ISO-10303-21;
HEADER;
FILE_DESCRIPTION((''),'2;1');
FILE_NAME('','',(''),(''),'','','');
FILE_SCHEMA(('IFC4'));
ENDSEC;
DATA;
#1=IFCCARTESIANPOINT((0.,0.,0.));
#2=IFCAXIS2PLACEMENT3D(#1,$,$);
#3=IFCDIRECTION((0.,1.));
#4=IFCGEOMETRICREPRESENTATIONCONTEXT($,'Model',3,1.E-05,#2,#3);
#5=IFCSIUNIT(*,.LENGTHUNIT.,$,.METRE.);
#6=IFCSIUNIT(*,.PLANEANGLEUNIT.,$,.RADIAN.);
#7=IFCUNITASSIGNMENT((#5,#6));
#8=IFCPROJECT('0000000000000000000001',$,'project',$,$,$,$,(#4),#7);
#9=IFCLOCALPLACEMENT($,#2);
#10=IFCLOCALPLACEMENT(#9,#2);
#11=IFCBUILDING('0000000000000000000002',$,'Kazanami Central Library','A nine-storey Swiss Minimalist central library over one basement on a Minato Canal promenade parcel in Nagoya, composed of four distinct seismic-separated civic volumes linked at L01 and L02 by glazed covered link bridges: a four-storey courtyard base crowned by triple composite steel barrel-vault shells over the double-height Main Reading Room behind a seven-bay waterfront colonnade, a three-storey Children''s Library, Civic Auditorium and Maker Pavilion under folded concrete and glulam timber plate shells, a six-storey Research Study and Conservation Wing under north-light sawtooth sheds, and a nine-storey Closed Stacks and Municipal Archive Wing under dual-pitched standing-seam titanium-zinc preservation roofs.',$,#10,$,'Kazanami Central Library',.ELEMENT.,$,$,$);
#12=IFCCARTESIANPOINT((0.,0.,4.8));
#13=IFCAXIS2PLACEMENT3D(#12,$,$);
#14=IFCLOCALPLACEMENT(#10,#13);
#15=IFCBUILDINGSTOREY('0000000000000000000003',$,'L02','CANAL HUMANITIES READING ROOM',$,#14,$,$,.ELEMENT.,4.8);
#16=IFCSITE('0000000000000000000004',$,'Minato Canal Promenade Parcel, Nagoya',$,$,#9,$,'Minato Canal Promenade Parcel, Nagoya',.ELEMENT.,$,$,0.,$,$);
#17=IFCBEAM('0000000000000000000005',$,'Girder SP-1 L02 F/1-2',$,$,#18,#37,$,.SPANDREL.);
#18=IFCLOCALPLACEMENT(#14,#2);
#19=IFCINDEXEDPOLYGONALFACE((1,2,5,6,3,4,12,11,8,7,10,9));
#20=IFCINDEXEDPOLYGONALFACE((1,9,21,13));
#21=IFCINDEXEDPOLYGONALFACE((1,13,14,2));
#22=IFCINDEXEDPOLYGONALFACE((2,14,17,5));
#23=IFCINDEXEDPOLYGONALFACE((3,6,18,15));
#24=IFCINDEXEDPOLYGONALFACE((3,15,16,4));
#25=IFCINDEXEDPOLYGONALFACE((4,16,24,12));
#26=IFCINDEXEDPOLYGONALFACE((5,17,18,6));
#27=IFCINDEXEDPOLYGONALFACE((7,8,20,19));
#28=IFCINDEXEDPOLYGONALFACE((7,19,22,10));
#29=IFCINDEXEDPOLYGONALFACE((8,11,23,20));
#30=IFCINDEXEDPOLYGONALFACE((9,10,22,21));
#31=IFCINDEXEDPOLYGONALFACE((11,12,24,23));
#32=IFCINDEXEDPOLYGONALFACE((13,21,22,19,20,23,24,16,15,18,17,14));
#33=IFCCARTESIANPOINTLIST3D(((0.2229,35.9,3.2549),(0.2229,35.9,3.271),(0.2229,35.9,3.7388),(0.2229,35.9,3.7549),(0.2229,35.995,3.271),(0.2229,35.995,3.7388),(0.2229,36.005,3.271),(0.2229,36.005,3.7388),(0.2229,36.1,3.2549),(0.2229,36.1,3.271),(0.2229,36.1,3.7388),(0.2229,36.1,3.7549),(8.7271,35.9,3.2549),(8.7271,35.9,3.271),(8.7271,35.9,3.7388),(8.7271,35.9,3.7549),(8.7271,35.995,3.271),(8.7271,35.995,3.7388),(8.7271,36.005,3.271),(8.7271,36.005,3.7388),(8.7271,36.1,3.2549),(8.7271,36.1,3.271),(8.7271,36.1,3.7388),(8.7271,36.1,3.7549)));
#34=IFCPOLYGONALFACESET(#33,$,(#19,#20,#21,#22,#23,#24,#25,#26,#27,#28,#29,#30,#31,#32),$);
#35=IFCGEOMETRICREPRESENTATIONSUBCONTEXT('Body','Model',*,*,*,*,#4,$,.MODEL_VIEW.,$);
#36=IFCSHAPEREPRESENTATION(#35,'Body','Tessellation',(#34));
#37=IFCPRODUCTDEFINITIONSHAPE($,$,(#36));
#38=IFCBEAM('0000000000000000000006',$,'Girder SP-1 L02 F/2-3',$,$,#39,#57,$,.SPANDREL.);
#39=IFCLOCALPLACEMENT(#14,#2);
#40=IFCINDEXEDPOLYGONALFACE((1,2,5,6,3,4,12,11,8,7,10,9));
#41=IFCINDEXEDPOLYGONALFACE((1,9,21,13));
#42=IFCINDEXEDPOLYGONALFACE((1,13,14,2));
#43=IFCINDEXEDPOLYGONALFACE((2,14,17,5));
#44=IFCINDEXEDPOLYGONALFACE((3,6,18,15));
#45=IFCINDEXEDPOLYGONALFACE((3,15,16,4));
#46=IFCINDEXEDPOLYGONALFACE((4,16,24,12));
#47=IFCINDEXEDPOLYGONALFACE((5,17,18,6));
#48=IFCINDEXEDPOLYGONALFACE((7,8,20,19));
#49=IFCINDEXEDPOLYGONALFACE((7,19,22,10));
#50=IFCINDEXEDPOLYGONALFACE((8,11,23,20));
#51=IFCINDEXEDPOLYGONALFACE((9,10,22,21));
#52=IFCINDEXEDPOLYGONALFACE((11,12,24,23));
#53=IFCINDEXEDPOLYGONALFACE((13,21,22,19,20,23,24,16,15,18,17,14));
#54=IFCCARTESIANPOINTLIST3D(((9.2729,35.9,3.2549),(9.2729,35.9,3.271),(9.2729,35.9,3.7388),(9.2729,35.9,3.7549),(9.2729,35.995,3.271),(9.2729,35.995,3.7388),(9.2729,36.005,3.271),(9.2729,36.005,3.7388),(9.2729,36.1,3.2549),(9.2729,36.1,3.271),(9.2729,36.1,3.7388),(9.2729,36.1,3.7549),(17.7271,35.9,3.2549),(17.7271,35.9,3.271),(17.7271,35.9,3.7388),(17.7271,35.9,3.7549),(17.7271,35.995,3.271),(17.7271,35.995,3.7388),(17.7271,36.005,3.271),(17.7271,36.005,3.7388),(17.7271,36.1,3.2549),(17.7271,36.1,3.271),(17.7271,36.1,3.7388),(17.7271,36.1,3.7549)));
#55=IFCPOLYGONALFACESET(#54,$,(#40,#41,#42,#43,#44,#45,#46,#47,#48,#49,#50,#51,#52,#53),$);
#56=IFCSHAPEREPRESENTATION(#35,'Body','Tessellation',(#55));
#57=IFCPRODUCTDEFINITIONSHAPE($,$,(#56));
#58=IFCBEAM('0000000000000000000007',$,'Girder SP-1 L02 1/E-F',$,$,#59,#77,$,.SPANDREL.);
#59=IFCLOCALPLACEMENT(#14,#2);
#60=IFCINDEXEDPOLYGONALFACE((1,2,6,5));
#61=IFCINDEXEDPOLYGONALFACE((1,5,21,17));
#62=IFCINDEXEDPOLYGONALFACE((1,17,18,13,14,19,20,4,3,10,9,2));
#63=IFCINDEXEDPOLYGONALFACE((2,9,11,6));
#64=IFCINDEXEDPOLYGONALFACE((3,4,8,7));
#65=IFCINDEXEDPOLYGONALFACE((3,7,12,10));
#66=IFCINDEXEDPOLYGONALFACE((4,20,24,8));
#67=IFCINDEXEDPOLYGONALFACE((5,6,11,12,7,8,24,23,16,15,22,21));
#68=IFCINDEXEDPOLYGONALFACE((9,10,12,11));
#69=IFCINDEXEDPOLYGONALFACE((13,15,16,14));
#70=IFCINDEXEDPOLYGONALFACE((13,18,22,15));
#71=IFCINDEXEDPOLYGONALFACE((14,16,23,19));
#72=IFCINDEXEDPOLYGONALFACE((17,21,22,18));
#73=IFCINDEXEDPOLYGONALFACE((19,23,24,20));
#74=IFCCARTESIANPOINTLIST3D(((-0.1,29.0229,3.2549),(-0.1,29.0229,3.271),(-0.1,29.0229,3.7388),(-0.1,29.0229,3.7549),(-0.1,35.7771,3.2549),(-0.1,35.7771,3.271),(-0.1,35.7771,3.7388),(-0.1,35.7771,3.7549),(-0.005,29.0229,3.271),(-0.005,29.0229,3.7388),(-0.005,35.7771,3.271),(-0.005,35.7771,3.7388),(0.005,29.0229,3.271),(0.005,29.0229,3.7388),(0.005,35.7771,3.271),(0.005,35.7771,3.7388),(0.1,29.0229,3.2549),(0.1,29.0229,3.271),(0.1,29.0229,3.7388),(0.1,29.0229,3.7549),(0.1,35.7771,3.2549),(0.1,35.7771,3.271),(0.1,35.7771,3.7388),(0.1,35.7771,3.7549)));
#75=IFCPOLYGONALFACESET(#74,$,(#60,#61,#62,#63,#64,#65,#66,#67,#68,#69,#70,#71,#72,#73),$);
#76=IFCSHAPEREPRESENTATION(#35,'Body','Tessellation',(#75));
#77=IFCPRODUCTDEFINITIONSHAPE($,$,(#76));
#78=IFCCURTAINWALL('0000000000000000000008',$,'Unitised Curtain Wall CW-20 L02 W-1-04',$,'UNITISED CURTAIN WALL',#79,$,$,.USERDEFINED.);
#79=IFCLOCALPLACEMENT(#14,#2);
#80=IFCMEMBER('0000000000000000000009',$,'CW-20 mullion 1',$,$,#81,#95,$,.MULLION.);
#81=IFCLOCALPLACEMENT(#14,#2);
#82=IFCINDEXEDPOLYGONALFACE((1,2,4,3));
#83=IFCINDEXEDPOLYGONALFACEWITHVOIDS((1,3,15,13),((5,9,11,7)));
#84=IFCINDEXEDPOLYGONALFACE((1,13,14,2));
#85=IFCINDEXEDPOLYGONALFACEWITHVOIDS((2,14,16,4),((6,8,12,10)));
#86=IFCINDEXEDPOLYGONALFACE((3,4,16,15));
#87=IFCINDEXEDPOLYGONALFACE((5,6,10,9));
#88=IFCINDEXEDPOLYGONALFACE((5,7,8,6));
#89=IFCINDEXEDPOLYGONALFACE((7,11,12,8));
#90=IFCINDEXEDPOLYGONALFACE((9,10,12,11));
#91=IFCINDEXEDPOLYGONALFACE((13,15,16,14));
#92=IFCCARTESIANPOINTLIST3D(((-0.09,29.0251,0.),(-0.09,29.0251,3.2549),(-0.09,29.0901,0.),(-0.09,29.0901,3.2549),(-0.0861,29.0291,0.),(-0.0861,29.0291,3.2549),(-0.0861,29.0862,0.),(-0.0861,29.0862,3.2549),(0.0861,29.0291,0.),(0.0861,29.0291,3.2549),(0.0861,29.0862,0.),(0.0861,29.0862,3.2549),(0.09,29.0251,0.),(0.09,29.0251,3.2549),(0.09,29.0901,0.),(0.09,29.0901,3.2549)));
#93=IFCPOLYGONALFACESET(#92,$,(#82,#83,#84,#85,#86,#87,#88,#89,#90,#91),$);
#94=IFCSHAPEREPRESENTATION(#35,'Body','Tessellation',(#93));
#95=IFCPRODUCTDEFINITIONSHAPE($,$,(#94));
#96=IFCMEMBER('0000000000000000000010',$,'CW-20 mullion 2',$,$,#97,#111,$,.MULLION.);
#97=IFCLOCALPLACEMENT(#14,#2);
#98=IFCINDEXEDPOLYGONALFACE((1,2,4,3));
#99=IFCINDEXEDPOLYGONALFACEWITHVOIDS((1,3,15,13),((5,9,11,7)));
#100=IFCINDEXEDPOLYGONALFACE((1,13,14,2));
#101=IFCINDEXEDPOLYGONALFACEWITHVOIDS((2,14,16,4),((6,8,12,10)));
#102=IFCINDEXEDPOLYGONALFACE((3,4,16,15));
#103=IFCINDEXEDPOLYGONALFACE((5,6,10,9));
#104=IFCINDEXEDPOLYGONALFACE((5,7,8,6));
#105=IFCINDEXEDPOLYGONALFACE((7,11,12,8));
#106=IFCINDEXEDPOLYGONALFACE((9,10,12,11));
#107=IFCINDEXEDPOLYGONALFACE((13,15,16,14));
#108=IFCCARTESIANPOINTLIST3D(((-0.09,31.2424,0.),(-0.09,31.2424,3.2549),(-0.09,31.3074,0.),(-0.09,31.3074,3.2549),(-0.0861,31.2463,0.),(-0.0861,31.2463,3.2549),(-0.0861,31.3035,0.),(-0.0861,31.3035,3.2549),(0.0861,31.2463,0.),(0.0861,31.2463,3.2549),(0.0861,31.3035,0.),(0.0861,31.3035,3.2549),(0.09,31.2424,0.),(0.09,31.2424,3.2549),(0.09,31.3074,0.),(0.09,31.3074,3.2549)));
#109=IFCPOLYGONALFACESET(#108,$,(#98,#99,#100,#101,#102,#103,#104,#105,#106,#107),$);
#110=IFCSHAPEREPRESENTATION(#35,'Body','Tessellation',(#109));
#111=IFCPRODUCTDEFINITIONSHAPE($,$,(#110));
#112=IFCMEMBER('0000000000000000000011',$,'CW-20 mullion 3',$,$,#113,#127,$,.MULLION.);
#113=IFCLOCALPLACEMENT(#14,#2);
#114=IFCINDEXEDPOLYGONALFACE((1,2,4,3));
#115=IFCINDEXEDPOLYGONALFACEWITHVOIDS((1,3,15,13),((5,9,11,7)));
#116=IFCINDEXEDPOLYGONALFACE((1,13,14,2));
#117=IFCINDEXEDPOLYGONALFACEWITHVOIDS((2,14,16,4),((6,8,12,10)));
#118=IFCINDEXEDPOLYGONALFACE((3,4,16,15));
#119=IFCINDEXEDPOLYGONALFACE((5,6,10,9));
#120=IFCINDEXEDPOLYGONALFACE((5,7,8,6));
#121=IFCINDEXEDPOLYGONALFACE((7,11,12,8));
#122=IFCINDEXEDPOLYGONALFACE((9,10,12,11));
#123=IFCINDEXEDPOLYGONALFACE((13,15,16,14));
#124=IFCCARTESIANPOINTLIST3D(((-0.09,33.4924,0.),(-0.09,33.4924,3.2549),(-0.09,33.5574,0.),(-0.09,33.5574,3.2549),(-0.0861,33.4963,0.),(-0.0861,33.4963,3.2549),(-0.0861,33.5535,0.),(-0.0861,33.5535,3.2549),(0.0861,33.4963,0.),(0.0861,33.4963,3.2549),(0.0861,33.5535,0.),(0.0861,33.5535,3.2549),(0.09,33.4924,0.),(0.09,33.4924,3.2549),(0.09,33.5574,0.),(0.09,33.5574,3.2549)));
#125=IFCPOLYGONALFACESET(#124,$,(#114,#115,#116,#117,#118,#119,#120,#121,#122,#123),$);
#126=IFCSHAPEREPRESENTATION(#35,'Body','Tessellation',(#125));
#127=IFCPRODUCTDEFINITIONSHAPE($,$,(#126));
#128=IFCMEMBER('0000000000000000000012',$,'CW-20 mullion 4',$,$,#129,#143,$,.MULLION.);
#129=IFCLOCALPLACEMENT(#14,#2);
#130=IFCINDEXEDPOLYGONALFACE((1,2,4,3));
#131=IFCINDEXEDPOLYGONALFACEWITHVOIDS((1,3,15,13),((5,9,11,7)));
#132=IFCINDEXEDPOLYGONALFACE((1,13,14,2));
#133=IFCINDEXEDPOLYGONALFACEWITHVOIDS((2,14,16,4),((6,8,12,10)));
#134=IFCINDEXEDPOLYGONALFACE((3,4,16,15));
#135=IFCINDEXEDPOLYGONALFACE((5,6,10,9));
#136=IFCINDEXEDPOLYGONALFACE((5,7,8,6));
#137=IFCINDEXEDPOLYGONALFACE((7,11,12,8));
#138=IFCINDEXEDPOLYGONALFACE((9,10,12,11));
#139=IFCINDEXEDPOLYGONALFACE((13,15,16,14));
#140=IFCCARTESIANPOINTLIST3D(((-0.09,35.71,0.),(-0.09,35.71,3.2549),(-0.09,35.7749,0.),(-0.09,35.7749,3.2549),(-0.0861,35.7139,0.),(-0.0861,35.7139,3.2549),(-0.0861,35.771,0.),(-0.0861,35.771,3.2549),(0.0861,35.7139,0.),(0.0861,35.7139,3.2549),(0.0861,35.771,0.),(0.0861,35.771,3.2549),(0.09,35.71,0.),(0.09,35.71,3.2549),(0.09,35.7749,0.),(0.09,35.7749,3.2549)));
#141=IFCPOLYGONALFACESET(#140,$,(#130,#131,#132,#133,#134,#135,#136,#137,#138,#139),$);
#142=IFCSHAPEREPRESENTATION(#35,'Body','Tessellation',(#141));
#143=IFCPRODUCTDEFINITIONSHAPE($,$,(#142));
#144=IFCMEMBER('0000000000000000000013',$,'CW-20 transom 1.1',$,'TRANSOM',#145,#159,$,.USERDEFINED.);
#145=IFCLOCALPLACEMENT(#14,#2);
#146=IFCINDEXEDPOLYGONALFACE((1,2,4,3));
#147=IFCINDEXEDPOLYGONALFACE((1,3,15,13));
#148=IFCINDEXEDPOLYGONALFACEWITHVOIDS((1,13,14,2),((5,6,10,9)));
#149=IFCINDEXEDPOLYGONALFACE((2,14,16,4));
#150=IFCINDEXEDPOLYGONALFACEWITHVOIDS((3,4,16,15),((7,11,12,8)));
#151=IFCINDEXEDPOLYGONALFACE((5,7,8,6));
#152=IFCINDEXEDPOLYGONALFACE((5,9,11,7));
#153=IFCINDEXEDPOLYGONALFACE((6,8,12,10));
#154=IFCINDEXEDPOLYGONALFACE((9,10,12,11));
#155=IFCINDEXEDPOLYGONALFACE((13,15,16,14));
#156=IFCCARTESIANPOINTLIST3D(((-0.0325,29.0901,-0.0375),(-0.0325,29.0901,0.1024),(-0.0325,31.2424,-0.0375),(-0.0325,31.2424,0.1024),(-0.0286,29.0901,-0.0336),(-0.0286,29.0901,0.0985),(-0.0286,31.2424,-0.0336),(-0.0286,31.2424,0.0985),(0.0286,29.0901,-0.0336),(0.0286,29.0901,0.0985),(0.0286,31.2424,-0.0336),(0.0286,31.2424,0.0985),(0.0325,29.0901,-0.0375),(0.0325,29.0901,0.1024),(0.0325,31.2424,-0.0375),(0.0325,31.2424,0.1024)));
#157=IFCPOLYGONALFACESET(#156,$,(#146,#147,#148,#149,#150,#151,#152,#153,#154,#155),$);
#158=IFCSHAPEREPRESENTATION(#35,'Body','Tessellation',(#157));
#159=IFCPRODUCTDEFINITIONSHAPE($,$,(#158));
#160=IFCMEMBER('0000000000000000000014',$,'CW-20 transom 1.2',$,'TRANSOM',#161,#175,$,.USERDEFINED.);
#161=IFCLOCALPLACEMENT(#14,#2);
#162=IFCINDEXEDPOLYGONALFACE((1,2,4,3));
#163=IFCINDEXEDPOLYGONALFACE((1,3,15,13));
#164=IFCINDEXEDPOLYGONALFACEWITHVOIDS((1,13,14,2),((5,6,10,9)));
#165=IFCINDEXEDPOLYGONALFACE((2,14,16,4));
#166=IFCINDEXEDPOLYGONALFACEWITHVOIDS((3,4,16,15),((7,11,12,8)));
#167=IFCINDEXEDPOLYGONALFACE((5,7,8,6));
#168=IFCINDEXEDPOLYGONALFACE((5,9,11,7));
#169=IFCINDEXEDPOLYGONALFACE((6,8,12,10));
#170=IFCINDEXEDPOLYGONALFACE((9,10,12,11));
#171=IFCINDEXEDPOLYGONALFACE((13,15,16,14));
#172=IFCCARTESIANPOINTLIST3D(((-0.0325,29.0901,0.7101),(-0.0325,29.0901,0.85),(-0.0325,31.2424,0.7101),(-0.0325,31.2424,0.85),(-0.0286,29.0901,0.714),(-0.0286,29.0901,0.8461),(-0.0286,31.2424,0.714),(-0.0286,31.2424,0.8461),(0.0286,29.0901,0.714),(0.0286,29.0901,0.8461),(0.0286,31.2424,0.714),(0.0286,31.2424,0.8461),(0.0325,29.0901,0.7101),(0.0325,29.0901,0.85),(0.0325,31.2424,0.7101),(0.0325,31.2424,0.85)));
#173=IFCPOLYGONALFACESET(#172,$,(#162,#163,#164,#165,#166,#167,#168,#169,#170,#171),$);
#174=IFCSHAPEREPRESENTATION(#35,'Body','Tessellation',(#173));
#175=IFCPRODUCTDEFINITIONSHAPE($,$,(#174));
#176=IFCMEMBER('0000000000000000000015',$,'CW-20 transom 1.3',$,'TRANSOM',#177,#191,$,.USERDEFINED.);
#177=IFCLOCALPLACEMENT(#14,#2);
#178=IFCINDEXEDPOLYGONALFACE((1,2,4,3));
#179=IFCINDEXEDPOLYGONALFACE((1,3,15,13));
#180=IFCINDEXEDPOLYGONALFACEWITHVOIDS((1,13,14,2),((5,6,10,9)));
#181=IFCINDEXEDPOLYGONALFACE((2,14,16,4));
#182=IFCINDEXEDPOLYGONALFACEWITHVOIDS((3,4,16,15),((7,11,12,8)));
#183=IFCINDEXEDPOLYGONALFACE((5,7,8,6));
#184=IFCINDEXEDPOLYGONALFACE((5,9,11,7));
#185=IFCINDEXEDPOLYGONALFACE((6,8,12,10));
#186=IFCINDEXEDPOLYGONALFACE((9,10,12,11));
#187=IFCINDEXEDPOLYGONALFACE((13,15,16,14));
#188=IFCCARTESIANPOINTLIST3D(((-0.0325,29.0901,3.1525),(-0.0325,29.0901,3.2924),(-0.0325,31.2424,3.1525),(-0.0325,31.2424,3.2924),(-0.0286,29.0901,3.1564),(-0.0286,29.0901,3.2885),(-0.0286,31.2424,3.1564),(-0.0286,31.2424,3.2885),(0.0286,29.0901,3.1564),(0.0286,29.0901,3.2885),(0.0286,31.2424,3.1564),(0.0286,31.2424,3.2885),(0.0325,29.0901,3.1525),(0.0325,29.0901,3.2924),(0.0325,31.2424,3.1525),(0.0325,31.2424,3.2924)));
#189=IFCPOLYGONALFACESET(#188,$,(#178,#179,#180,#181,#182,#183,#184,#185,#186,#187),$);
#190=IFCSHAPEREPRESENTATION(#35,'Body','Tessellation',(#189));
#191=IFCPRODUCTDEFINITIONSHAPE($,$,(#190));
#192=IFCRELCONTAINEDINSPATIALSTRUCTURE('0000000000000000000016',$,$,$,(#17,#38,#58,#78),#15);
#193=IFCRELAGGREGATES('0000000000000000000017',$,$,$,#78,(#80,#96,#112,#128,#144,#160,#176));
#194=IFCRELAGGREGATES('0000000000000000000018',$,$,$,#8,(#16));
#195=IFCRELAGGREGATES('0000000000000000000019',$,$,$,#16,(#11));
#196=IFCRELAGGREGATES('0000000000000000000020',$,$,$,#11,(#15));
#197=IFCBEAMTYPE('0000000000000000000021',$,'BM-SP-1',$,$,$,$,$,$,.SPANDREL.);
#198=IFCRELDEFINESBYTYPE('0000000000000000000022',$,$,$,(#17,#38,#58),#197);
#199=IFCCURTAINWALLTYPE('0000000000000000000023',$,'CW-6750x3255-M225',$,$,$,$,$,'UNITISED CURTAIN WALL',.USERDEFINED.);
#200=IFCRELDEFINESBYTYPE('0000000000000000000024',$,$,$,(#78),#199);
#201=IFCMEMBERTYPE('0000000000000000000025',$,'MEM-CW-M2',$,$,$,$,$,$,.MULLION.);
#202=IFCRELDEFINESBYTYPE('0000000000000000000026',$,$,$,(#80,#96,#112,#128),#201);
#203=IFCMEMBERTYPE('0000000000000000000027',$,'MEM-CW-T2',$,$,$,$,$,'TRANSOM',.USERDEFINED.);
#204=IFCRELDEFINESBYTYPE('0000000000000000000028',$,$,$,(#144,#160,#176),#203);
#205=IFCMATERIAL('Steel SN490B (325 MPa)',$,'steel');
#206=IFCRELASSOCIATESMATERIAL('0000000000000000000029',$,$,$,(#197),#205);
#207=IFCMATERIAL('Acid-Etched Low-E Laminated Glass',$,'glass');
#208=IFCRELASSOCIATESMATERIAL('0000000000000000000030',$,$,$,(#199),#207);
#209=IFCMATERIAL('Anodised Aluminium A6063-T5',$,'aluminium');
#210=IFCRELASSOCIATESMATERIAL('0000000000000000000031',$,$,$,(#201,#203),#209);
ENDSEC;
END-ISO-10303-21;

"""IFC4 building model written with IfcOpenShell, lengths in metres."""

from ifc_helpers import new_model, si_unit, direction, frame, origin, origin_2d, place, context, subcontext, project, spatial, hollow_rectangle, i_section, extrude, material, material_profile, profile_set, type_object, element, aggregate, save


model = new_model("IFC4")

# Units and contexts
model_context = context("Model", 3, precision=1e-05, world=origin(), true_north=direction((0.0, 1.0)))
body_context = subcontext(model_context, "Body", "Model", "MODEL_VIEW")
ifc_project = project(units=[si_unit("LENGTHUNIT", "METRE"), si_unit("PLANEANGLEUNIT", "RADIAN")], contexts=[model_context])

# Site, building, storey
site_placement = place(None, origin())
site = spatial("IfcSite", under=ifc_project, at=site_placement, Name="Minato Canal Promenade Parcel, Nagoya", LongName="Minato Canal Promenade Parcel, Nagoya", CompositionType="ELEMENT", RefElevation=0.0)
building_placement = place(site_placement, origin())
building = spatial("IfcBuilding", under=site, at=building_placement, Name="Kazanami Central Library", Description="A nine-storey Swiss Minimalist central library over one basement on a Minato Canal promenade parcel in Nagoya, composed of four distinct seismic-separated civic volumes linked at L01 and L02 by glazed covered link bridges: a four-storey courtyard base crowned by triple composite steel barrel-vault shells over the double-height Main Reading Room behind a seven-bay waterfront colonnade, a three-storey Children's Library, Civic Auditorium and Maker Pavilion under folded concrete and glulam timber plate shells, a six-storey Research Study and Conservation Wing under north-light sawtooth sheds, and a nine-storey Closed Stacks and Municipal Archive Wing under dual-pitched standing-seam titanium-zinc preservation roofs.", LongName="Kazanami Central Library", CompositionType="ELEMENT")
storey_placement = place(building_placement, frame((0.0, 0.0, 4.8)))
storey = spatial("IfcBuildingStorey", under=building, at=storey_placement, Name="L02", Description="CANAL HUMANITIES READING ROOM", CompositionType="ELEMENT", Elevation=4.8)

# Beams
ifc_material_1 = material(Name="Steel SN490B (325 MPa)", Category="steel")
ifc_material_profile_1 = material_profile(ifc_material_1, i_section(OverallWidth=0.2, OverallDepth=0.5, WebThickness=0.01, FlangeThickness=0.0161, at=origin_2d()), Name="H-500x200x10x16")
ifc_profile_set_1 = profile_set([ifc_material_profile_1], Name="Steel SN490B (325 MPa)")
beam_type_1 = type_object("IfcBeamType", Name="BM-SP-1", PredefinedType="SPANDREL", material=ifc_profile_set_1)
beam_1_placement = place(storey_placement, frame((0.2229, 36.0, 3.5049), z_axis=(1.0, 0.0, 0.0), x_axis=(0.0, 1.0, 0.0)))
element("IfcBeam", 1, at=beam_1_placement, inside=storey, type_object=beam_type_1, Name="Girder SP-1 L02 F/1-2", PredefinedType="SPANDREL", context=body_context, shape_type="SweptSolid", body=[
    extrude(i_section(OverallWidth=0.2, OverallDepth=0.5, WebThickness=0.01, FlangeThickness=0.0161, at=origin_2d()), origin(), (0.0, 0.0, 1.0), 8.5042),
])
beam_2_placement = place(storey_placement, frame((9.2729, 36.0, 3.5049), z_axis=(1.0, 0.0, 0.0), x_axis=(0.0, 1.0, 0.0)))
element("IfcBeam", 2, at=beam_2_placement, inside=storey, type_object=beam_type_1, Name="Girder SP-1 L02 F/2-3", PredefinedType="SPANDREL", context=body_context, shape_type="SweptSolid", body=[
    extrude(i_section(OverallWidth=0.2, OverallDepth=0.5, WebThickness=0.01, FlangeThickness=0.0161, at=origin_2d()), origin(), (0.0, 0.0, 1.0), 8.4541),
])
beam_3_placement = place(storey_placement, frame((0.0, 29.0229, 3.5049), z_axis=(0.0, 1.0, 0.0), x_axis=(-1.0, 0.0, 0.0)))
element("IfcBeam", 3, at=beam_3_placement, inside=storey, type_object=beam_type_1, Name="Girder SP-1 L02 1/E-F", PredefinedType="SPANDREL", context=body_context, shape_type="SweptSolid", body=[
    extrude(i_section(OverallWidth=0.2, OverallDepth=0.5, WebThickness=0.01, FlangeThickness=0.0161, at=origin_2d()), origin(), (0.0, 0.0, 1.0), 6.7542),
])

# Curtain wall, members
ifc_material_2 = material(Name="Acid-Etched Low-E Laminated Glass", Category="glass")
curtain_wall_type = type_object("IfcCurtainWallType", Name="CW-6750x3255-M225", ElementType="UNITISED CURTAIN WALL", PredefinedType="USERDEFINED", material=ifc_material_2)
curtain_wall_placement = place(storey_placement, origin())
curtain_wall = element("IfcCurtainWall", 4, at=curtain_wall_placement, inside=storey, type_object=curtain_wall_type, Name="Unitised Curtain Wall CW-20 L02 W-1-04", ObjectType="UNITISED CURTAIN WALL", PredefinedType="USERDEFINED")
ifc_material_3 = material(Name="Anodised Aluminium A6063-T5", Category="aluminium")
ifc_material_profile_2 = material_profile(ifc_material_3, hollow_rectangle(XDim=0.0649, YDim=0.1799, WallThickness=0.0039, at=origin_2d()), Name="ALU-MULL-65x180x4")
ifc_profile_set_2 = profile_set([ifc_material_profile_2], Name="Anodised Aluminium A6063-T5")
member_type_1 = type_object("IfcMemberType", Name="MEM-CW-M2", PredefinedType="MULLION", material=ifc_profile_set_2)
member_1_placement = place(storey_placement, frame((0.0, 29.0576, 0.0), z_axis=(0.0, 0.0, 1.0), x_axis=(0.0, 1.0, 0.0)))
member_1 = element("IfcMember", 5, at=member_1_placement, type_object=member_type_1, Name="CW-20 mullion 1", PredefinedType="MULLION", context=body_context, shape_type="SweptSolid", body=[
    extrude(hollow_rectangle(XDim=0.0649, YDim=0.1799, WallThickness=0.0039, at=origin_2d()), origin(), (0.0, 0.0, 1.0), 3.2549),
])
member_2_placement = place(storey_placement, frame((0.0, 31.2749, 0.0), z_axis=(0.0, 0.0, 1.0), x_axis=(0.0, 1.0, 0.0)))
member_2 = element("IfcMember", 6, at=member_2_placement, type_object=member_type_1, Name="CW-20 mullion 2", PredefinedType="MULLION", context=body_context, shape_type="SweptSolid", body=[
    extrude(hollow_rectangle(XDim=0.0649, YDim=0.1799, WallThickness=0.0039, at=origin_2d()), origin(), (0.0, 0.0, 1.0), 3.2549),
])
member_3_placement = place(storey_placement, frame((0.0, 33.5249, 0.0), z_axis=(0.0, 0.0, 1.0), x_axis=(0.0, 1.0, 0.0)))
member_3 = element("IfcMember", 7, at=member_3_placement, type_object=member_type_1, Name="CW-20 mullion 3", PredefinedType="MULLION", context=body_context, shape_type="SweptSolid", body=[
    extrude(hollow_rectangle(XDim=0.0649, YDim=0.1799, WallThickness=0.0039, at=origin_2d()), origin(), (0.0, 0.0, 1.0), 3.2549),
])
member_4_placement = place(storey_placement, frame((0.0, 35.7424, 0.0), z_axis=(0.0, 0.0, 1.0), x_axis=(0.0, 1.0, 0.0)))
member_4 = element("IfcMember", 8, at=member_4_placement, type_object=member_type_1, Name="CW-20 mullion 4", PredefinedType="MULLION", context=body_context, shape_type="SweptSolid", body=[
    extrude(hollow_rectangle(XDim=0.0649, YDim=0.1799, WallThickness=0.0039, at=origin_2d()), origin(), (0.0, 0.0, 1.0), 3.2549),
])
ifc_material_profile_3 = material_profile(ifc_material_3, hollow_rectangle(XDim=0.0649, YDim=0.1399, WallThickness=0.0039, at=origin_2d()), Name="ALU-TRAN-65x140x4")
ifc_profile_set_3 = profile_set([ifc_material_profile_3], Name="Anodised Aluminium A6063-T5")
member_type_2 = type_object("IfcMemberType", Name="MEM-CW-T2", ElementType="TRANSOM", PredefinedType="USERDEFINED", material=ifc_profile_set_3)
member_5_placement = place(storey_placement, frame((0.0, 29.0901, 0.0325), z_axis=(0.0, 1.0, 0.0), x_axis=(-1.0, 0.0, 0.0)))
member_5 = element("IfcMember", 9, at=member_5_placement, type_object=member_type_2, Name="CW-20 transom 1.1", ObjectType="TRANSOM", PredefinedType="USERDEFINED", context=body_context, shape_type="SweptSolid", body=[
    extrude(hollow_rectangle(XDim=0.0649, YDim=0.1399, WallThickness=0.0039, at=origin_2d()), origin(), (0.0, 0.0, 1.0), 2.1523),
])
member_6_placement = place(storey_placement, frame((0.0, 29.0901, 0.78), z_axis=(0.0, 1.0, 0.0), x_axis=(-1.0, 0.0, 0.0)))
member_6 = element("IfcMember", 10, at=member_6_placement, type_object=member_type_2, Name="CW-20 transom 1.2", ObjectType="TRANSOM", PredefinedType="USERDEFINED", context=body_context, shape_type="SweptSolid", body=[
    extrude(hollow_rectangle(XDim=0.0649, YDim=0.1399, WallThickness=0.0039, at=origin_2d()), origin(), (0.0, 0.0, 1.0), 2.1523),
])
member_7_placement = place(storey_placement, frame((0.0, 29.0901, 3.2224), z_axis=(0.0, 1.0, 0.0), x_axis=(-1.0, 0.0, 0.0)))
member_7 = element("IfcMember", 11, at=member_7_placement, type_object=member_type_2, Name="CW-20 transom 1.3", ObjectType="TRANSOM", PredefinedType="USERDEFINED", context=body_context, shape_type="SweptSolid", body=[
    extrude(hollow_rectangle(XDim=0.0649, YDim=0.1399, WallThickness=0.0039, at=origin_2d()), origin(), (0.0, 0.0, 1.0), 2.1523),
])
aggregate(curtain_wall, [member_1, member_2, member_3, member_4, member_5, member_6, member_7])

save(model, "model.ifc")
